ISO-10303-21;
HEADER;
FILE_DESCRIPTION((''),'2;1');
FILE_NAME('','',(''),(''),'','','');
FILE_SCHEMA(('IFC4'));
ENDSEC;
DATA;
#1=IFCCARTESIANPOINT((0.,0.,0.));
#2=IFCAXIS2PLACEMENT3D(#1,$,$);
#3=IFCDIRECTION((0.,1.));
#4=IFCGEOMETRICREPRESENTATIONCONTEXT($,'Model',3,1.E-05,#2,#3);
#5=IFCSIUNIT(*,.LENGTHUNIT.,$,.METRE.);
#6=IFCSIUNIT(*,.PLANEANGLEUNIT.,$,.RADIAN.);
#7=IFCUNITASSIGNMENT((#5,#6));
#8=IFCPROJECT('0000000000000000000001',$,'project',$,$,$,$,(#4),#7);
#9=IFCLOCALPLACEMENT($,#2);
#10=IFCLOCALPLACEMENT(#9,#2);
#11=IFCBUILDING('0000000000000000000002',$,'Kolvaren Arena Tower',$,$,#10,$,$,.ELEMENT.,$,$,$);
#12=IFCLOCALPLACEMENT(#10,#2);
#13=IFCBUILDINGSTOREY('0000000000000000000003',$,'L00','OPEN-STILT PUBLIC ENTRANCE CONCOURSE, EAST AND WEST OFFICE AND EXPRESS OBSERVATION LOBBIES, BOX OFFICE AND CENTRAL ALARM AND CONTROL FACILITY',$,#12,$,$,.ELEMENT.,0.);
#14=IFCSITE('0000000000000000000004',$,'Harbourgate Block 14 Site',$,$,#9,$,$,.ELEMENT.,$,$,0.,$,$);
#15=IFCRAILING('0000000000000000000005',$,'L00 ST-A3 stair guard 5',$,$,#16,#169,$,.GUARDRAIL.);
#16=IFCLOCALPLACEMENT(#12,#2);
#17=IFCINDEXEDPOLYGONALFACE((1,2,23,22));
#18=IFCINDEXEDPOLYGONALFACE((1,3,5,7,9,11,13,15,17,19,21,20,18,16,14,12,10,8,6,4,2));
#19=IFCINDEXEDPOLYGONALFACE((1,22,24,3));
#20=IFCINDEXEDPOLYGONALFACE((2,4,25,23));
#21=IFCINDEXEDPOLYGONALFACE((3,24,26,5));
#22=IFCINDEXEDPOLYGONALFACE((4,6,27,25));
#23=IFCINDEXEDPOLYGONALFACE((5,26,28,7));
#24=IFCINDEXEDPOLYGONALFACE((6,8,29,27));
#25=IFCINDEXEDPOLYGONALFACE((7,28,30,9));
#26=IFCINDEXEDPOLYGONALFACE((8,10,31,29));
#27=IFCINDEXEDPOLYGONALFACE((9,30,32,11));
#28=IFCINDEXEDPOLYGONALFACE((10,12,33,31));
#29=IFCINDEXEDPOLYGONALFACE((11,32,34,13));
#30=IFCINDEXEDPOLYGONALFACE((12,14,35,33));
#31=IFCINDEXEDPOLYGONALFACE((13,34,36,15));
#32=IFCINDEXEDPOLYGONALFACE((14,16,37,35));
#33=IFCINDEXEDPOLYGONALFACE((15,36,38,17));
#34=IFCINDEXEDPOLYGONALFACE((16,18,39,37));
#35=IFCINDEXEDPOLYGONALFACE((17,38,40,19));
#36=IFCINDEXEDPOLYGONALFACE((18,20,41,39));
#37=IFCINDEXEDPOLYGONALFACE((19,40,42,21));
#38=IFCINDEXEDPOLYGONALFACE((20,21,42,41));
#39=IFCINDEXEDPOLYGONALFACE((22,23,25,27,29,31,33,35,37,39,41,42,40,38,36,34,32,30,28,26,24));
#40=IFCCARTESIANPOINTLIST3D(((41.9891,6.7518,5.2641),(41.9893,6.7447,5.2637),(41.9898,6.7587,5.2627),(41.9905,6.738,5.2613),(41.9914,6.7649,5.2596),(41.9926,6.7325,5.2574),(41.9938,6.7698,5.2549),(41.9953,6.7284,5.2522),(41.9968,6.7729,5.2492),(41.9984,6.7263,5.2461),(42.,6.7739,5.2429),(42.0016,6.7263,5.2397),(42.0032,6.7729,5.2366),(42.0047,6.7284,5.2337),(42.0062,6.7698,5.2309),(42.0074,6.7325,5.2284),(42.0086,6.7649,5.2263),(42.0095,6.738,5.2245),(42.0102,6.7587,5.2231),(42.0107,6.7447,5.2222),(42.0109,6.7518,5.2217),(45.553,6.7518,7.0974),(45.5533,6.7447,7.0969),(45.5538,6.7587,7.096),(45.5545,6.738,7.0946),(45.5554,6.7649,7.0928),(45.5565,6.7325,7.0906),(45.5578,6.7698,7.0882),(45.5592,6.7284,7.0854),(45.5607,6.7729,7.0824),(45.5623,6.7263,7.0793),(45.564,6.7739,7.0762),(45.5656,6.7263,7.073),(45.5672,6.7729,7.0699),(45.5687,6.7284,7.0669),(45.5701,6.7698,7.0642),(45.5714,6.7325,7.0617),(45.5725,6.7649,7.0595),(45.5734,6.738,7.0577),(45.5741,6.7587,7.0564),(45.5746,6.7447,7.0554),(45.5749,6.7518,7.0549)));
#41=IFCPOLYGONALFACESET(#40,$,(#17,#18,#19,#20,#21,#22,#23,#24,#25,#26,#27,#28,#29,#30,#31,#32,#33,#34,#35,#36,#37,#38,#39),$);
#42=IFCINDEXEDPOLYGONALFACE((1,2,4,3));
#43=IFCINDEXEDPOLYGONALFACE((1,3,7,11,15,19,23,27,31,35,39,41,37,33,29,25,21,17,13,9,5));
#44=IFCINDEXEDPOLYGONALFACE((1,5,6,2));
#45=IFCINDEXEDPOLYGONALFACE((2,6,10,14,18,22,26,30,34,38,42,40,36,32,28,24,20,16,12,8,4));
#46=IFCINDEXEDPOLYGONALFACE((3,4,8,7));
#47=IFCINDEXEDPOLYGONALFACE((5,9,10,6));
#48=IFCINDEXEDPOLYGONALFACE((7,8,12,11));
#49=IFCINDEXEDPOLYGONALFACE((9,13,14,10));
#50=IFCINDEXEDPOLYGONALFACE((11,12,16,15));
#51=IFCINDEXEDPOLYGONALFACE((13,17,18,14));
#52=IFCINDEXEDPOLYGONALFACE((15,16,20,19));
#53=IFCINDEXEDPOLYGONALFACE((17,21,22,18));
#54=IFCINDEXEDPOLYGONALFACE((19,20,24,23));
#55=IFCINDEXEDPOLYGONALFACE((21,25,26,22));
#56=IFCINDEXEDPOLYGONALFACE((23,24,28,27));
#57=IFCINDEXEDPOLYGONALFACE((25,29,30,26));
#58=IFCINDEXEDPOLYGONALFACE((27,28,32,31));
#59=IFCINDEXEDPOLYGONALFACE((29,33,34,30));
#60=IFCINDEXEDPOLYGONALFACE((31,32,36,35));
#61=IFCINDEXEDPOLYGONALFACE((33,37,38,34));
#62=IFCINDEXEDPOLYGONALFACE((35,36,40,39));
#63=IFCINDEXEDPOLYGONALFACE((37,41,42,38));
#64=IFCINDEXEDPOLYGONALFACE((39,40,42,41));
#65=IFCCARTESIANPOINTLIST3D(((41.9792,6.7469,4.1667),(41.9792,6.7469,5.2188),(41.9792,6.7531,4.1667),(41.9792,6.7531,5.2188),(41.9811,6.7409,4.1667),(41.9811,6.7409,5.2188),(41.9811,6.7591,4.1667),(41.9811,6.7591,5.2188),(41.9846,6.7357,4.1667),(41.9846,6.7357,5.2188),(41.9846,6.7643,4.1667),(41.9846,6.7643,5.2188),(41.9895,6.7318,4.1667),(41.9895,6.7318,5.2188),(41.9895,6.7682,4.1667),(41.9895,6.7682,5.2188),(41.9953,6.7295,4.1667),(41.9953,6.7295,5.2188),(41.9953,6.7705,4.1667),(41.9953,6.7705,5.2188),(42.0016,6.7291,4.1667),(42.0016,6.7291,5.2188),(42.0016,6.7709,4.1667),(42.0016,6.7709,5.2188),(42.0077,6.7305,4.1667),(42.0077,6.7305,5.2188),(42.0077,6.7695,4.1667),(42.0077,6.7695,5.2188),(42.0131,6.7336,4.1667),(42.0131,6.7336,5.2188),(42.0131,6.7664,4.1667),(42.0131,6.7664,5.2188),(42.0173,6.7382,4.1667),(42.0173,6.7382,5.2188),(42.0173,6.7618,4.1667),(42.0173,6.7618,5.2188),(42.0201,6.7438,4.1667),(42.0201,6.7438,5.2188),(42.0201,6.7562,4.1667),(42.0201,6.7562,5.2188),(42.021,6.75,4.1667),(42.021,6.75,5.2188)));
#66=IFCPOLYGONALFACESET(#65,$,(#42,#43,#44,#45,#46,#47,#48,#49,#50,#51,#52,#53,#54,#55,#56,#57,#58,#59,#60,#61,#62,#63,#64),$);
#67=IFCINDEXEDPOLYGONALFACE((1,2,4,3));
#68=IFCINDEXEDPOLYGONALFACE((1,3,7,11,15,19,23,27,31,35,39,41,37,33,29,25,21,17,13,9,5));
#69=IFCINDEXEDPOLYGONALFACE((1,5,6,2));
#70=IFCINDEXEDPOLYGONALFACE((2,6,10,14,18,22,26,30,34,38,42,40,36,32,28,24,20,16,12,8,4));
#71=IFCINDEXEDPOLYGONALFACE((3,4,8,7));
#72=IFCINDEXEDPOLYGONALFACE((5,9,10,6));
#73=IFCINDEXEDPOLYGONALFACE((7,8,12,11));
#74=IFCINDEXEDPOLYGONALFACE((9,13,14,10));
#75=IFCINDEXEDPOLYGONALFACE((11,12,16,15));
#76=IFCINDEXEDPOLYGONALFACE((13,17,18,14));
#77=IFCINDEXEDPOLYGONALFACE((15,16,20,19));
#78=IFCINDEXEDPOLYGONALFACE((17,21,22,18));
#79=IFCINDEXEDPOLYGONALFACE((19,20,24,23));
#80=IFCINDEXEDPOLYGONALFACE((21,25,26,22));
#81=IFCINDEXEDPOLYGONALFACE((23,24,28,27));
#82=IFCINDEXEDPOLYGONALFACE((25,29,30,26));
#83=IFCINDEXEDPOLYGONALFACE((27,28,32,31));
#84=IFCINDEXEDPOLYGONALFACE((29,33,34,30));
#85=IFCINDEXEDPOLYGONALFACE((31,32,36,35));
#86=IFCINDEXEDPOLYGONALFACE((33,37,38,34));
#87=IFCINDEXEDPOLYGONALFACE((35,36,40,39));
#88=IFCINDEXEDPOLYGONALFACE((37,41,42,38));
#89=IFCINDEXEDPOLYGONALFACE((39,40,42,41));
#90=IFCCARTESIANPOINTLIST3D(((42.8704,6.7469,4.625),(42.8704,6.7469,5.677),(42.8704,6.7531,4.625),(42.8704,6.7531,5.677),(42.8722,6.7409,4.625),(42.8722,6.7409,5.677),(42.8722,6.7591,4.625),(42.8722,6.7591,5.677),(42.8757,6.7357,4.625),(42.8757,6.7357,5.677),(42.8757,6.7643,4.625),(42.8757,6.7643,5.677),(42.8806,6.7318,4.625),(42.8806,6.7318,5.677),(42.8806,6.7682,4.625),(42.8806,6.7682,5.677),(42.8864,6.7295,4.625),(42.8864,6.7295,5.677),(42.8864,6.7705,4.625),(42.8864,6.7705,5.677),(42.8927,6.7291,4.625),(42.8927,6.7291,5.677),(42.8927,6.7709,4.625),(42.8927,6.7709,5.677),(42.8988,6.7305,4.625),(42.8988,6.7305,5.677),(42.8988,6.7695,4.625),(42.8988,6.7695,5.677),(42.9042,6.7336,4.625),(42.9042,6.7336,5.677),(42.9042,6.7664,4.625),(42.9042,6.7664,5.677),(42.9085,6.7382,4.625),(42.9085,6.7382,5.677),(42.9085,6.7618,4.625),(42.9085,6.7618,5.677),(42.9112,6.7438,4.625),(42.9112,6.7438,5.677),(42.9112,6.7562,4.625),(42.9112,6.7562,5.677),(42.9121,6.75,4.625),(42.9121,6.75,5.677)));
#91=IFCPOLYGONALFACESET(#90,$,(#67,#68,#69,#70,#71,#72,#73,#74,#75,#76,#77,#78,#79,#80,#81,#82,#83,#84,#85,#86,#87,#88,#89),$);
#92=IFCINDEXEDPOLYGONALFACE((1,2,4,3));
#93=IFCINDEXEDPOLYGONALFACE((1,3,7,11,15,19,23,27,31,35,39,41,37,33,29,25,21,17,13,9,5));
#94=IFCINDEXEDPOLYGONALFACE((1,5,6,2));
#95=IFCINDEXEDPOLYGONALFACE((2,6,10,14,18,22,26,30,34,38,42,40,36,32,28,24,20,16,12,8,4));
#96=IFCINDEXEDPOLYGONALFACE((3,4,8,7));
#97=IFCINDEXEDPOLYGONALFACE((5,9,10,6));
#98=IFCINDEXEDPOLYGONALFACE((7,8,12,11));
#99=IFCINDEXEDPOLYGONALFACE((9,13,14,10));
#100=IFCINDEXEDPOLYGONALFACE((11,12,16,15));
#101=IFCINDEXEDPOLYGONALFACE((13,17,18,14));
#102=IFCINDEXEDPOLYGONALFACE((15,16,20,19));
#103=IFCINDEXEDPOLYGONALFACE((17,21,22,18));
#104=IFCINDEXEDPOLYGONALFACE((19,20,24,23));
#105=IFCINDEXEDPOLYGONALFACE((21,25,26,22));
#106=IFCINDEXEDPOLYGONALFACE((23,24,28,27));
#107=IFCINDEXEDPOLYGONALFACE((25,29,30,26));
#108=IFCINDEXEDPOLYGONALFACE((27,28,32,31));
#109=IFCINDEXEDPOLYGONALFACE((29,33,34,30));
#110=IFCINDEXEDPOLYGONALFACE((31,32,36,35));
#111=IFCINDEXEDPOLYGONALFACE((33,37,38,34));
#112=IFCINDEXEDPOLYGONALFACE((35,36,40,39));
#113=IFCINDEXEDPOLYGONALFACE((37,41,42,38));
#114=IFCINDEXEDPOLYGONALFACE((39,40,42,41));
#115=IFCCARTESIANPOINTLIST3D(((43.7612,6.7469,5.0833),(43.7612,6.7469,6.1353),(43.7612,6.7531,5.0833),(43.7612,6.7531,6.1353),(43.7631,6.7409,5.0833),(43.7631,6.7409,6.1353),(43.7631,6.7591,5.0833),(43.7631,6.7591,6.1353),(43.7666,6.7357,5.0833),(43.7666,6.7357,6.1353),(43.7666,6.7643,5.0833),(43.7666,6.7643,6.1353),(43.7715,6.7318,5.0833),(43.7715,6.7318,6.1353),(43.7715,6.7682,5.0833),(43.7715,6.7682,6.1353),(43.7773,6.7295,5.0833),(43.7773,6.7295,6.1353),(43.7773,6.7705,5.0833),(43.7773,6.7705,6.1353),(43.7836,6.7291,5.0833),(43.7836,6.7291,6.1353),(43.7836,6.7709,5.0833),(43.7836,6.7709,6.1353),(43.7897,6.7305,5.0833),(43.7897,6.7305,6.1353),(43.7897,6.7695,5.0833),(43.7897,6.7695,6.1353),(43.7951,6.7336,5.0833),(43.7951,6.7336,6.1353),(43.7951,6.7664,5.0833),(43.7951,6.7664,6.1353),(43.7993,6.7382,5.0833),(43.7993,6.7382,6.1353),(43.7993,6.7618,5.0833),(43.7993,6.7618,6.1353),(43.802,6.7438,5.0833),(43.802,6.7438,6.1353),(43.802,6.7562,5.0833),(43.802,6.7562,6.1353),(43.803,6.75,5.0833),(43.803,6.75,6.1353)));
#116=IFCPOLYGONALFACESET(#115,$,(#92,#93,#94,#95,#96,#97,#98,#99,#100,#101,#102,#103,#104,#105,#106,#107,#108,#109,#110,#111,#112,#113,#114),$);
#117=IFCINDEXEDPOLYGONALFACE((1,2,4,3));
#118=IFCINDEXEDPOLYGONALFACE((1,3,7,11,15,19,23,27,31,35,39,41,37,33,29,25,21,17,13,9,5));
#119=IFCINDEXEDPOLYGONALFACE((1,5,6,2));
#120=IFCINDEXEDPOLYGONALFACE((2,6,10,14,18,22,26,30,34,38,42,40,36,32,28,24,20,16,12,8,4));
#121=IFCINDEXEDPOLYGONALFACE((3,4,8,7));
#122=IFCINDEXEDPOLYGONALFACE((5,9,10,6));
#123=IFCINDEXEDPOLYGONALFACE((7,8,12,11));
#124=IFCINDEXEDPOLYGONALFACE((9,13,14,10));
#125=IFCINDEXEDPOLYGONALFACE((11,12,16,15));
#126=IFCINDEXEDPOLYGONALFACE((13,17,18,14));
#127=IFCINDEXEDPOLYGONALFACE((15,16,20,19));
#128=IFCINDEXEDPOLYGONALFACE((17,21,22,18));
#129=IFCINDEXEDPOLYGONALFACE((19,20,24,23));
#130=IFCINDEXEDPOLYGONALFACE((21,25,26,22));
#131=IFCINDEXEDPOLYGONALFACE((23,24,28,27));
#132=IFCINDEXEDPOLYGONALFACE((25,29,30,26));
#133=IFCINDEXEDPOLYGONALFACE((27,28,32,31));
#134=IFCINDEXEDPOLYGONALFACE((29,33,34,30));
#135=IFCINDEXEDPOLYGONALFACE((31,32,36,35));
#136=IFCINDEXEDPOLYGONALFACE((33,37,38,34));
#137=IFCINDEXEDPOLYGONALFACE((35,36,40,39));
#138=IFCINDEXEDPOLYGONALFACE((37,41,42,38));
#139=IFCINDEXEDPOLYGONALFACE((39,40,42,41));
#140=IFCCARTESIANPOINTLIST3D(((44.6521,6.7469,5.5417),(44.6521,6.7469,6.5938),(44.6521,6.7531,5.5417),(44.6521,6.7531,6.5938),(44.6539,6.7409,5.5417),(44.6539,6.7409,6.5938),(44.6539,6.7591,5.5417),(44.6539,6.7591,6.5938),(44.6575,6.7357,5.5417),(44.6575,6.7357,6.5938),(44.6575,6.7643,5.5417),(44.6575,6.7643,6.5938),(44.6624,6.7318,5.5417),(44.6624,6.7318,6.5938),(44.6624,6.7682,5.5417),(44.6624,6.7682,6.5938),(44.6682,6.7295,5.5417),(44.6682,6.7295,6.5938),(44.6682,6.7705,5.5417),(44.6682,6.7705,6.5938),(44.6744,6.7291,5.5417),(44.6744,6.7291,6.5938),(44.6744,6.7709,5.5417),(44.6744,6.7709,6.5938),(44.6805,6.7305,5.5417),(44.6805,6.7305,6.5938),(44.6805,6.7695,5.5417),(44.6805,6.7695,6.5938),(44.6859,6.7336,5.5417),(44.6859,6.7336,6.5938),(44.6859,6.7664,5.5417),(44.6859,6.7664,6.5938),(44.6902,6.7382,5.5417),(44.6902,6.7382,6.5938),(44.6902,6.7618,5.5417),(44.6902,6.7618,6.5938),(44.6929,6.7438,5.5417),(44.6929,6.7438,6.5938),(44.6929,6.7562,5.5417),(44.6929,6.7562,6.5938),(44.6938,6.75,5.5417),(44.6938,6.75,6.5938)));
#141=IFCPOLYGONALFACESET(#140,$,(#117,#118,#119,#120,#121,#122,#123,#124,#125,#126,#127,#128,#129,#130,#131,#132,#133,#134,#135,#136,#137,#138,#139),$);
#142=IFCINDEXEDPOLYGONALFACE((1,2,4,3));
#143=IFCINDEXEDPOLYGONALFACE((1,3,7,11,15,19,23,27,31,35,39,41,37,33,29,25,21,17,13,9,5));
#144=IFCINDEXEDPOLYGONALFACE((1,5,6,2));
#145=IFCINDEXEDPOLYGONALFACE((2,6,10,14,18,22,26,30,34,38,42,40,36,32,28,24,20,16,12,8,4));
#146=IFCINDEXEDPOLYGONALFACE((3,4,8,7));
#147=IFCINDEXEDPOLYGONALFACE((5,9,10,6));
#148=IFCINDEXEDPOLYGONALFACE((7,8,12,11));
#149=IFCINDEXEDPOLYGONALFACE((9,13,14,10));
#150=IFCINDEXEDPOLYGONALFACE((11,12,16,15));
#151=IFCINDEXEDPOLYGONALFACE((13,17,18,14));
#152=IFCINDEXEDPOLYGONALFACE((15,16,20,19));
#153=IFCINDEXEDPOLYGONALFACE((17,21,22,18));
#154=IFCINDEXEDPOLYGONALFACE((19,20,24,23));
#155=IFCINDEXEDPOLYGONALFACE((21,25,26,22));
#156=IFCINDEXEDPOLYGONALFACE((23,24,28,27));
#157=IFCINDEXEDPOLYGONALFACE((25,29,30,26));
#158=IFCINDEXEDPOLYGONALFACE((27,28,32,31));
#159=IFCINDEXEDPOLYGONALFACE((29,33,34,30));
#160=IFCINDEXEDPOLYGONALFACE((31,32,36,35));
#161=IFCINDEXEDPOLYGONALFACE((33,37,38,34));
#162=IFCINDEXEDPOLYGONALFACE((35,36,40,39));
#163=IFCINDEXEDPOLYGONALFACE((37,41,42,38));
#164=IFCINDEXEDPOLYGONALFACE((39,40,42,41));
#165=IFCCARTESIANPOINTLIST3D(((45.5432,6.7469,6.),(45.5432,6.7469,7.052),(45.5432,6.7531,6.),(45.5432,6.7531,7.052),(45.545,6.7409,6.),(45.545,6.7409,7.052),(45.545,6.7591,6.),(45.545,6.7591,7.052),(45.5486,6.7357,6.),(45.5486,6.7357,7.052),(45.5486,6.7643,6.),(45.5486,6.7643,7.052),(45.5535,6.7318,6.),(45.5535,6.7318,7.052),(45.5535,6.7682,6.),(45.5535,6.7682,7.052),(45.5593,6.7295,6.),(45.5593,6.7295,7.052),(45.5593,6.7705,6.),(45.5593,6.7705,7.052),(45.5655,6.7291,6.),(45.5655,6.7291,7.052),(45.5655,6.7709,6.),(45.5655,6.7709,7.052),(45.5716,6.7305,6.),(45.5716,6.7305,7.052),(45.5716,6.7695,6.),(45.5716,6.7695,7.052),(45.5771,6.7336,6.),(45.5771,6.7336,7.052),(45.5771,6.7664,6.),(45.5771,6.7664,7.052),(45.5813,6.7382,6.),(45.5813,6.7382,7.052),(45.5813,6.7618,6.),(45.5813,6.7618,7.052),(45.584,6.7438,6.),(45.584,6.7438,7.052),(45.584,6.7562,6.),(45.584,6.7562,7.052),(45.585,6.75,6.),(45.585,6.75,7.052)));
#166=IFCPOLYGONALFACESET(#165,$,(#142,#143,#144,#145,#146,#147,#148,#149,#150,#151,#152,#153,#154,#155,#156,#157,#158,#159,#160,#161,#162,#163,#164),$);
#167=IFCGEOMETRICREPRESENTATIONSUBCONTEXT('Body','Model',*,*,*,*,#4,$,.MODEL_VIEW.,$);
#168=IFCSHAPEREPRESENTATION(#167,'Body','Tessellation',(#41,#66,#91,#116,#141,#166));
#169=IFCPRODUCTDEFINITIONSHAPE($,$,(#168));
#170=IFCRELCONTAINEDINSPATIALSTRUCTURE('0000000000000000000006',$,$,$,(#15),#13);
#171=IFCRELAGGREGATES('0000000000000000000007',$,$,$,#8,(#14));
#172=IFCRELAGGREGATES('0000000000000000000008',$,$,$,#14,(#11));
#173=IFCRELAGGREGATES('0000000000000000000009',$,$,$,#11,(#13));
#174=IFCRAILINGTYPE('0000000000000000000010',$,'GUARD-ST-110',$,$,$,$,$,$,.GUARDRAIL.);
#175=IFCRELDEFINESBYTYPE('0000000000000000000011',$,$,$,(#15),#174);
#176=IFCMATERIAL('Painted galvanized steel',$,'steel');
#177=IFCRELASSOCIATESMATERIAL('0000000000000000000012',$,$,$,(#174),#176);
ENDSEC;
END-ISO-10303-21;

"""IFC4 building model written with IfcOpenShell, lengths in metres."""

from ifc_helpers import new_model, si_unit, direction, frame, origin, origin_2d, place, context, subcontext, project, spatial, circle, extrude, material, type_object, element, save


model = new_model("IFC4")

# Units and contexts
model_context = context("Model", 3, precision=1e-05, world=origin(), true_north=direction((0.0, 1.0)))
body_context = subcontext(model_context, "Body", "Model", "MODEL_VIEW")
ifc_project = project(units=[si_unit("LENGTHUNIT", "METRE"), si_unit("PLANEANGLEUNIT", "RADIAN")], contexts=[model_context])

# Site, building, storey
site_placement = place(None, origin())
site = spatial("IfcSite", under=ifc_project, at=site_placement, Name="Harbourgate Block 14 Site", CompositionType="ELEMENT", RefElevation=0.0)
building_placement = place(site_placement, origin())
building = spatial("IfcBuilding", under=site, at=building_placement, Name="Kolvaren Arena Tower", CompositionType="ELEMENT")
storey_placement = place(building_placement, origin())
storey = spatial("IfcBuildingStorey", under=building, at=storey_placement, Name="L00", Description="OPEN-STILT PUBLIC ENTRANCE CONCOURSE, EAST AND WEST OFFICE AND EXPRESS OBSERVATION LOBBIES, BOX OFFICE AND CENTRAL ALARM AND CONTROL FACILITY", CompositionType="ELEMENT", Elevation=0.0)

# Railing
ifc_material_1 = material(Name="Painted galvanized steel", Category="steel")
railing_type_1 = type_object("IfcRailingType", Name="GUARD-ST-110", PredefinedType="GUARDRAIL", material=ifc_material_1)
for number, where, name in (
    (1, (42.0, 6.75, 4.1667), "L00 ST-A3 stair guard 5"),
):
    element("IfcRailing", number, at=place(storey_placement, frame(where)), inside=storey, type_object=railing_type_1, Name=name, PredefinedType="GUARDRAIL", context=body_context, shape_type="SweptSolid", body=[
        extrude(circle(Radius=0.0239, at=origin_2d()), frame((0.0, 0.0, 1.0762), z_axis=(0.889252, 0.0, 0.457418), x_axis=(0.0, 1.0, 0.0)), (0.0, 0.0, 1.0), 4.0078),
        extrude(circle(Radius=0.021, at=origin_2d()), origin(), (0.0, 0.0, 1.0), 1.052),
        extrude(circle(Radius=0.021, at=origin_2d()), frame((0.8911, 0.0, 0.4583)), (0.0, 0.0, 1.0), 1.052),
        extrude(circle(Radius=0.021, at=origin_2d()), frame((1.782, 0.0, 0.9165)), (0.0, 0.0, 1.0), 1.052),
        extrude(circle(Radius=0.021, at=origin_2d()), frame((2.6729, 0.0, 1.375)), (0.0, 0.0, 1.0), 1.052),
        extrude(circle(Radius=0.021, at=origin_2d()), frame((3.564, 0.0, 1.8333)), (0.0, 0.0, 1.0), 1.052),
    ])

save(model, "model.ifc")
